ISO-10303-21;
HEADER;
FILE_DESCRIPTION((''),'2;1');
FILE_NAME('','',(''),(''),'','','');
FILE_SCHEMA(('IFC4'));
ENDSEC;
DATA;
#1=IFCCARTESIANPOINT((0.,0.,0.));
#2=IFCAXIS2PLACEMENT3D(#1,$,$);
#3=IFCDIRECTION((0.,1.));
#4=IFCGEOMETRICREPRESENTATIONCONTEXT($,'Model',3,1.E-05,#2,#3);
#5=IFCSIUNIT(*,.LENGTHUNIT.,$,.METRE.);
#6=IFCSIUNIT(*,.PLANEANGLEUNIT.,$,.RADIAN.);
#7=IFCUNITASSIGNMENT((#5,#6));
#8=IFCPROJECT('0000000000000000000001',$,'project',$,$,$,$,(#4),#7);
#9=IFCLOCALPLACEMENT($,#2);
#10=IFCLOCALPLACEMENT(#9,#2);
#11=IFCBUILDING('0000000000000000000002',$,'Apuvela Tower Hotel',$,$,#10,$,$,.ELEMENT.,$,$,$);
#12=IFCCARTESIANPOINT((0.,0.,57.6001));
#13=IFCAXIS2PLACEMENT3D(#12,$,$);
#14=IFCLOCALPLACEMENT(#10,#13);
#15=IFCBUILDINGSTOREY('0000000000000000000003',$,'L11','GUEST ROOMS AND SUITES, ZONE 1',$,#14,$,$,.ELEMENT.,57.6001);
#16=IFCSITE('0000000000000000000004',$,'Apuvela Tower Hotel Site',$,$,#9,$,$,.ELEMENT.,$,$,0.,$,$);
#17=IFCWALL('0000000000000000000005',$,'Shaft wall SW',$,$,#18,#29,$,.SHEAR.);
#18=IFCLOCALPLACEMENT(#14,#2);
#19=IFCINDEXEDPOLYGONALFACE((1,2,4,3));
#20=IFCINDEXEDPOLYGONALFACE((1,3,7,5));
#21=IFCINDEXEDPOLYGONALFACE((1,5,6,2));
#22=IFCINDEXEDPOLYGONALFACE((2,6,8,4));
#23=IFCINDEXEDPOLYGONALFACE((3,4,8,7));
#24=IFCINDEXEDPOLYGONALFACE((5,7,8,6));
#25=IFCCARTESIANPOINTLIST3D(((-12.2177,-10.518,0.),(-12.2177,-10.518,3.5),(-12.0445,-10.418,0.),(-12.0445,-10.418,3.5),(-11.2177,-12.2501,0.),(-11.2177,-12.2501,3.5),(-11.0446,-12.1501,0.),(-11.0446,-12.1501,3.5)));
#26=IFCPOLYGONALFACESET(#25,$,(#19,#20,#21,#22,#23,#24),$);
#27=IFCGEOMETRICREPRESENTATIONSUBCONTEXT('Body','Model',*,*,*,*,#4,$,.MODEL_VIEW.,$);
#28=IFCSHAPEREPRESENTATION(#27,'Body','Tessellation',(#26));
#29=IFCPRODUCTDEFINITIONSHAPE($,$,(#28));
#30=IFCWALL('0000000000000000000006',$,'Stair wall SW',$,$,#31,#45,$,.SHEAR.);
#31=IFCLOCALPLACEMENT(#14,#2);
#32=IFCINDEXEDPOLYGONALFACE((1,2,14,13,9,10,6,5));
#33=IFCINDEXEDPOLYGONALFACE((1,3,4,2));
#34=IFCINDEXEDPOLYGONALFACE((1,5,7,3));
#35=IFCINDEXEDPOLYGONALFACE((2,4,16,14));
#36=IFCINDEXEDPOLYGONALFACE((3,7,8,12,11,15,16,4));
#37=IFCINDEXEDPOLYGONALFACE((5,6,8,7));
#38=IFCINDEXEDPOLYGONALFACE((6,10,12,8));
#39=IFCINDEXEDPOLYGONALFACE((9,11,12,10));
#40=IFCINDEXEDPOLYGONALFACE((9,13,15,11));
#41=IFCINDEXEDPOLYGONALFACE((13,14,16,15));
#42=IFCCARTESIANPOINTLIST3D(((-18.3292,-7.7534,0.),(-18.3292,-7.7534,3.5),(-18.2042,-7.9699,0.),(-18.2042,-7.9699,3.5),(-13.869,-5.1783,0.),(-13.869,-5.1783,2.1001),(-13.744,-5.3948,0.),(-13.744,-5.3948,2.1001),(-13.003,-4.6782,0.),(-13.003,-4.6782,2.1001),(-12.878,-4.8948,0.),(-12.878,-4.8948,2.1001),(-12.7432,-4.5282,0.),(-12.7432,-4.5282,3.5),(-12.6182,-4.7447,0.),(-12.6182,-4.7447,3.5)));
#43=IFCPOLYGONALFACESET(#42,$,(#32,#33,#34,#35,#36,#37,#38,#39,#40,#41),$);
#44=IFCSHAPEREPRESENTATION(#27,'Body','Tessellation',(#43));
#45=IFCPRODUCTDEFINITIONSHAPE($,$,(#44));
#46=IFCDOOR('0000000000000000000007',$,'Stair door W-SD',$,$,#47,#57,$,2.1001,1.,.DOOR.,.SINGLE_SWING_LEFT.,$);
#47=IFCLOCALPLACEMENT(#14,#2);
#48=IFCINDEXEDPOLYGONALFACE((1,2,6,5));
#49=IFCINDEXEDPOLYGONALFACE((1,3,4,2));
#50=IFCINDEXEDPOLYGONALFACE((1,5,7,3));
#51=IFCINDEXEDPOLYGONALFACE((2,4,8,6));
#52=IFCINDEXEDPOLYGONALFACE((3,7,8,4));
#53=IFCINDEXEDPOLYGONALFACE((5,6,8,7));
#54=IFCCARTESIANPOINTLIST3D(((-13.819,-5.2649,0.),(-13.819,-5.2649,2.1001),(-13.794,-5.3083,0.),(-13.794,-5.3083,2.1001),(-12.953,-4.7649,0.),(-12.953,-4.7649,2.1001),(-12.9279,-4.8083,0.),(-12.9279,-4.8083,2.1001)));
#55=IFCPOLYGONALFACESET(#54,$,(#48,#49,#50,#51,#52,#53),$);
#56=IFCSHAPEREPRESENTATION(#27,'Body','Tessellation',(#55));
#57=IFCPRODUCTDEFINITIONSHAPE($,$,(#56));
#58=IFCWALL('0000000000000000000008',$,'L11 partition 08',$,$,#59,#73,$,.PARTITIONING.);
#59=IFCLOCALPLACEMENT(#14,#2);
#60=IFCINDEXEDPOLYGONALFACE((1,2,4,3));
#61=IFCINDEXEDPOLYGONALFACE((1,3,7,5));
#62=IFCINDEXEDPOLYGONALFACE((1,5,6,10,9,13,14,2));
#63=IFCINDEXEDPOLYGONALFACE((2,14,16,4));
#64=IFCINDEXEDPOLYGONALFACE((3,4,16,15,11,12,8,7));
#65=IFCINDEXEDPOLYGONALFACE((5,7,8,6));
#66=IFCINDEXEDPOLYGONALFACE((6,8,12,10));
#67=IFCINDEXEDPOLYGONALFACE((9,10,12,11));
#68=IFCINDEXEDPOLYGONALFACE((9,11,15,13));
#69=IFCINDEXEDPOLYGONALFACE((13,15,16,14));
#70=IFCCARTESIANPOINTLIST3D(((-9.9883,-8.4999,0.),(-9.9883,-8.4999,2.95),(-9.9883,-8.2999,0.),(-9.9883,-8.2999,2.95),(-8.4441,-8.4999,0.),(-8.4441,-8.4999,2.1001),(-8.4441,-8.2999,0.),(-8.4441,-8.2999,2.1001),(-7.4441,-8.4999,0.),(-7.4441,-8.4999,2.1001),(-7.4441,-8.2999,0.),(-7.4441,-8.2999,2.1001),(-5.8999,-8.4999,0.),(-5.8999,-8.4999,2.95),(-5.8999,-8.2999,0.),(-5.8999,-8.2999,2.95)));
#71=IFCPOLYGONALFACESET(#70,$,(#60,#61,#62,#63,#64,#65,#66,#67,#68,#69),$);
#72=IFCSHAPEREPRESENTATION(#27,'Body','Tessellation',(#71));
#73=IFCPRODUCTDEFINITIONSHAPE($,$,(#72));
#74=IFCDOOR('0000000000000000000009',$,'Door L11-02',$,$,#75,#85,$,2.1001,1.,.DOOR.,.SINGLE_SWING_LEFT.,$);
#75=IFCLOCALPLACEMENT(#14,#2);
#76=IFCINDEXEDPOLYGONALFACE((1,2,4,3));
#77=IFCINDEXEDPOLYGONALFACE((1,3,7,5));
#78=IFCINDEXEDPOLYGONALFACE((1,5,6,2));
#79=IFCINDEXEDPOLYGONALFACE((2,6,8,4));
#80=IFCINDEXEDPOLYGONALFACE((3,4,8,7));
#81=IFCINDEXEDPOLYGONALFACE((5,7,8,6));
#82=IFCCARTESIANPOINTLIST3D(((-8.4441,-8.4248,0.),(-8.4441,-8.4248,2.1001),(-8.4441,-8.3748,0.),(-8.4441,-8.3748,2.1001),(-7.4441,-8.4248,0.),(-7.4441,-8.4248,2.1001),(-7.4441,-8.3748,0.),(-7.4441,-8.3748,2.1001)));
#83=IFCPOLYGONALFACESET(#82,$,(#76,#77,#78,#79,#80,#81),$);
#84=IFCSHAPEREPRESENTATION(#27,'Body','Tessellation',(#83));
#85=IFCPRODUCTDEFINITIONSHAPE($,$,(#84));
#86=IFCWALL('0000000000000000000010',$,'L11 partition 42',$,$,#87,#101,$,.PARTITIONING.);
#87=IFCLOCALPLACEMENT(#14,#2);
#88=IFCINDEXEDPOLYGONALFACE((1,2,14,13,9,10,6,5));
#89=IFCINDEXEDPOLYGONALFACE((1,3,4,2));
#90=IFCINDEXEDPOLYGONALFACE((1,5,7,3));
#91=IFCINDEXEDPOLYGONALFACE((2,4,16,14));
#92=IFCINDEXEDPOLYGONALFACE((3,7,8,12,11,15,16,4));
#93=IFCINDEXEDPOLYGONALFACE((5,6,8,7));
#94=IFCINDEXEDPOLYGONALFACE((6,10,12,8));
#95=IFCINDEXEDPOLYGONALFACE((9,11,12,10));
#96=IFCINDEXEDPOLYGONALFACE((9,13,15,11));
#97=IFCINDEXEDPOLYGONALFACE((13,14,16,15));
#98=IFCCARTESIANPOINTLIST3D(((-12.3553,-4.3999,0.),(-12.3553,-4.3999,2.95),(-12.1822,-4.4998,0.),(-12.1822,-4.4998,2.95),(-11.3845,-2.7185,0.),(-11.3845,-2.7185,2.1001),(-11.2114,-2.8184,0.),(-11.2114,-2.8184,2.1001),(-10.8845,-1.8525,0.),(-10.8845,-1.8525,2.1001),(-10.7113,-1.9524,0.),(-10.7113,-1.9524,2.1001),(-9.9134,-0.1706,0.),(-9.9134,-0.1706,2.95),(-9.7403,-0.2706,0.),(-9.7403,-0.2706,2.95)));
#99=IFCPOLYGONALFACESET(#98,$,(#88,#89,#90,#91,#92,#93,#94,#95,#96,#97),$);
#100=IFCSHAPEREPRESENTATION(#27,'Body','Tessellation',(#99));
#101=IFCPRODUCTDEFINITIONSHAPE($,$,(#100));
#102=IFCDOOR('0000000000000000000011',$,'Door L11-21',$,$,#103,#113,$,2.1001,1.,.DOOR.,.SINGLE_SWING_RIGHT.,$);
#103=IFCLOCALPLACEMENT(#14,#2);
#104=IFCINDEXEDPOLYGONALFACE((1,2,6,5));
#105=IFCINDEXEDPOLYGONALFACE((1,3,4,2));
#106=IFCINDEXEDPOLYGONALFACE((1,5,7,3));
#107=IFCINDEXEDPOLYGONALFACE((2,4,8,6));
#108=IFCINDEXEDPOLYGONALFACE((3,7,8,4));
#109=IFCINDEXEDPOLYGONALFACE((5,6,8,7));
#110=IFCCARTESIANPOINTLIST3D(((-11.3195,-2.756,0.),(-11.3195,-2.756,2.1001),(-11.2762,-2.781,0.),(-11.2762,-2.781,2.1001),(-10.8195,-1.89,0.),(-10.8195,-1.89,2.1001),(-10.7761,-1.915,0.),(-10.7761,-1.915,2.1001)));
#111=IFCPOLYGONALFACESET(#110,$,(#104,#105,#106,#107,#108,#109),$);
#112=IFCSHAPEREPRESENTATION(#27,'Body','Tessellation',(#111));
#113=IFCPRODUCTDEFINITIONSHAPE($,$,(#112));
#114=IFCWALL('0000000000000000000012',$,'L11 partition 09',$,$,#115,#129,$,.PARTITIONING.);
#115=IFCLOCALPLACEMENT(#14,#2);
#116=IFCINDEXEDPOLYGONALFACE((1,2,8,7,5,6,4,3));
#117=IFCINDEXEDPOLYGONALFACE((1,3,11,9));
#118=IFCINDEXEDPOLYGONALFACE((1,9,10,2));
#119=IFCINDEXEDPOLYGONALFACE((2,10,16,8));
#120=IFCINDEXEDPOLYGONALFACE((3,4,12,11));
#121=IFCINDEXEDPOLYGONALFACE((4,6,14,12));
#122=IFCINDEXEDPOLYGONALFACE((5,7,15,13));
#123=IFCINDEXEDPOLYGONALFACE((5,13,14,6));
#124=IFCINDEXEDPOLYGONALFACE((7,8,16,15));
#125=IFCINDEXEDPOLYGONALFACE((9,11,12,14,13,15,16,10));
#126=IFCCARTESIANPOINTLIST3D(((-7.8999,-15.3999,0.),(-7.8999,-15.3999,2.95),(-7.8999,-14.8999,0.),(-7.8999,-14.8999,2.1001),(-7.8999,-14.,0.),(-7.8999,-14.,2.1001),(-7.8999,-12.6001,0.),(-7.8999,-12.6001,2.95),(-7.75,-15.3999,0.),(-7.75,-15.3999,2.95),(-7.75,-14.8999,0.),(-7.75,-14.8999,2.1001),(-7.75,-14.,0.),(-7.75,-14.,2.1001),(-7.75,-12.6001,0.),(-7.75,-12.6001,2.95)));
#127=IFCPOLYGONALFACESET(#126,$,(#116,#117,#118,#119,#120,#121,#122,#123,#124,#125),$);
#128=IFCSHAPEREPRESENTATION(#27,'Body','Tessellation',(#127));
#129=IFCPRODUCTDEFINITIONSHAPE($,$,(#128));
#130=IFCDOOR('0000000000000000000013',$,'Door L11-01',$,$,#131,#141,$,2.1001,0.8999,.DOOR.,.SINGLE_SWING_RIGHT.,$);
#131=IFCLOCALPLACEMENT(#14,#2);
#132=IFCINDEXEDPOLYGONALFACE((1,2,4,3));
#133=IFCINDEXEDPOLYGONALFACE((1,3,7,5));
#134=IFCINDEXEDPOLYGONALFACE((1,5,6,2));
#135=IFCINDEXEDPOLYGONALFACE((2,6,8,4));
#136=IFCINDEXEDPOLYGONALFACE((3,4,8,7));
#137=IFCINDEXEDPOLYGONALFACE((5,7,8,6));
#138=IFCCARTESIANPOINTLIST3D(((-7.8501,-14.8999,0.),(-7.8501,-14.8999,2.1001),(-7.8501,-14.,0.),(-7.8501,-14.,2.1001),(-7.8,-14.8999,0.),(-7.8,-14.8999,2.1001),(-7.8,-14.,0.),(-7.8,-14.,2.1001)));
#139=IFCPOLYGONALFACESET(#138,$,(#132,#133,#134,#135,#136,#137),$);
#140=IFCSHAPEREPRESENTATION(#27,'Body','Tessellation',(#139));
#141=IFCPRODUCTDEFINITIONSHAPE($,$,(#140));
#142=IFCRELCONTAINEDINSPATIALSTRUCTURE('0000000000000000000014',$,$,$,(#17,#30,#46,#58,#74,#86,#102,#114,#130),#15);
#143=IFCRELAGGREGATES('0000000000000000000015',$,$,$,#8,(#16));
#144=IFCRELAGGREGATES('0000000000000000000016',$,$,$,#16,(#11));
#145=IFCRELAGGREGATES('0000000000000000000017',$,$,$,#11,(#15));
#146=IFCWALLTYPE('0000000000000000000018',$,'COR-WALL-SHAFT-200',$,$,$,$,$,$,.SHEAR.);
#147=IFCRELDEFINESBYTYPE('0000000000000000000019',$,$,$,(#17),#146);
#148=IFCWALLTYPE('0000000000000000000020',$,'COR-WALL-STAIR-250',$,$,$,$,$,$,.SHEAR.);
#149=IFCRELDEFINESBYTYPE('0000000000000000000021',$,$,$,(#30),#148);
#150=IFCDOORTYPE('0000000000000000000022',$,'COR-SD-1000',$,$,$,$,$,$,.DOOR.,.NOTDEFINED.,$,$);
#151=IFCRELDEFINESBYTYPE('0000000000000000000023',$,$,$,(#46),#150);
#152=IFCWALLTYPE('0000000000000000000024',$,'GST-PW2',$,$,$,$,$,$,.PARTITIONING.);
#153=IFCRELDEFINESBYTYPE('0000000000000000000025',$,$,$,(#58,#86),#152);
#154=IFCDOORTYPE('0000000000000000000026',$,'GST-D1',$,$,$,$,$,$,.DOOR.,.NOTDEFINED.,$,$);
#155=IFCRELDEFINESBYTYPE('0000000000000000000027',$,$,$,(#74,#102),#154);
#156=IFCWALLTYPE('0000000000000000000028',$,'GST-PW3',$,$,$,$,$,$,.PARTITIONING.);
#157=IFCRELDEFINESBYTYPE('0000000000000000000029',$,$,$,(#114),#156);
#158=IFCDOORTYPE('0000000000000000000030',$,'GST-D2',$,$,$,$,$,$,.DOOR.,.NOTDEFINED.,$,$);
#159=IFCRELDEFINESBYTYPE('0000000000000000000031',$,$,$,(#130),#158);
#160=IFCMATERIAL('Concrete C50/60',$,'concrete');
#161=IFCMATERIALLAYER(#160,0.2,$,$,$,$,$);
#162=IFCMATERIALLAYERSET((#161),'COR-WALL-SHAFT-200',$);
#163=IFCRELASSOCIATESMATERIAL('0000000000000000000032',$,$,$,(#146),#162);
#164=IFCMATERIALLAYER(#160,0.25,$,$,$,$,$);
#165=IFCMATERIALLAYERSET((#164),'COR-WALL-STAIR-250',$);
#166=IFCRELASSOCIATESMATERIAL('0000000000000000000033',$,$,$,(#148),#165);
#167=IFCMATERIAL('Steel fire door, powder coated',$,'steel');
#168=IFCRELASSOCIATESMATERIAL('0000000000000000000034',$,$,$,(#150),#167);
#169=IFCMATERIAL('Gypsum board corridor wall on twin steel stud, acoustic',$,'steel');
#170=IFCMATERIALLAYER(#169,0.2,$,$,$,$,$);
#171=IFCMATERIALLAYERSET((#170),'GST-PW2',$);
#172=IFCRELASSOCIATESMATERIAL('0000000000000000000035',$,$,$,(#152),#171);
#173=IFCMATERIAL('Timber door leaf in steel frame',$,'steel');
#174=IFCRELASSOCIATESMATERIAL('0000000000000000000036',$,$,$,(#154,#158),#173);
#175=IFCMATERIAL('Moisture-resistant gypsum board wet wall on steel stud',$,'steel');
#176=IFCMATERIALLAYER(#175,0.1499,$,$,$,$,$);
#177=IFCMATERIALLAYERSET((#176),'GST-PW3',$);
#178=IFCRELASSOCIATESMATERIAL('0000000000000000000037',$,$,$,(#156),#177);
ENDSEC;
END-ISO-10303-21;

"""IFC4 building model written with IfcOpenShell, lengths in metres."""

from ifc_helpers import new_model, si_unit, direction, frame, frame_2d, origin, place, context, subcontext, project, spatial, rectangle, extrude, material, layer, layer_set, type_object, element, fill, save


model = new_model("IFC4")

# Units and contexts
model_context = context("Model", 3, precision=1e-05, world=origin(), true_north=direction((0.0, 1.0)))
body_context = subcontext(model_context, "Body", "Model", "MODEL_VIEW")
ifc_project = project(units=[si_unit("LENGTHUNIT", "METRE"), si_unit("PLANEANGLEUNIT", "RADIAN")], contexts=[model_context])

# Site, building, storey
site_placement = place(None, origin())
site = spatial("IfcSite", under=ifc_project, at=site_placement, Name="Apuvela Tower Hotel Site", CompositionType="ELEMENT", RefElevation=0.0)
building_placement = place(site_placement, origin())
building = spatial("IfcBuilding", under=site, at=building_placement, Name="Apuvela Tower Hotel", CompositionType="ELEMENT")
storey_placement = place(building_placement, frame((0.0, 0.0, 57.6001)))
storey = spatial("IfcBuildingStorey", under=building, at=storey_placement, Name="L11", Description="GUEST ROOMS AND SUITES, ZONE 1", CompositionType="ELEMENT", Elevation=57.6001)

# Shared definitions
ifc_material_1 = material(Name="Concrete C50/60", Category="concrete")

# Shared definitions
ifc_layer_1 = layer(ifc_material_1, 0.2)
ifc_layer_set_1 = layer_set([ifc_layer_1], Name="COR-WALL-SHAFT-200")
wall_type_1 = type_object("IfcWallType", Name="COR-WALL-SHAFT-200", PredefinedType="SHEAR", material=ifc_layer_set_1)

# Shared definitions
ifc_material_2 = material(Name="Steel fire door, powder coated", Category="steel")

# Wall
wall_1_placement = place(storey_placement, frame((-12.1311, -10.468, 0.0), z_axis=(0.0, 0.0, 1.0), x_axis=(0.499973, -0.866041, 0.0)))
element("IfcWall", 1, at=wall_1_placement, inside=storey, type_object=wall_type_1, Name="Shaft wall SW", PredefinedType="SHEAR", context=body_context, shape_type="SweptSolid", body=[
    extrude(rectangle(XDim=2.0, YDim=0.2, at=frame_2d((1.0, 0.0))), origin(), (0.0, 0.0, 1.0), 3.5),
])

# Walls, openings, doors
ifc_layer_2 = layer(ifc_material_1, 0.25)
ifc_layer_set_2 = layer_set([ifc_layer_2], Name="COR-WALL-STAIR-250")
wall_type_2 = type_object("IfcWallType", Name="COR-WALL-STAIR-250", PredefinedType="SHEAR", material=ifc_layer_set_2)
wall_2_placement = place(storey_placement, frame((-12.6807, -4.6365, 0.0), z_axis=(0.0, 0.0, 1.0), x_axis=(-0.866022, -0.500006, 0.0)))
wall_2 = element("IfcWall", 2, at=wall_2_placement, inside=storey, type_object=wall_type_2, Name="Stair wall SW", PredefinedType="SHEAR", context=body_context, shape_type="SweptSolid", body=[
    extrude(rectangle(XDim=6.4502, YDim=0.25, at=frame_2d((3.2251, 0.0))), origin(), (0.0, 0.0, 1.0), 3.5),
])
opening_1_placement = place(wall_2_placement, frame((0.3, 0.0, 0.0)))
opening_1 = element("IfcOpeningElement", 3, at=opening_1_placement, cuts=wall_2, PredefinedType="OPENING", context=body_context, shape_type="SweptSolid", body=[
    extrude(rectangle(XDim=1.0, YDim=2.1001, at=frame_2d((0.5, 1.05))), frame((0.0, 0.135, 0.0), z_axis=(0.0, -1.0, 0.0), x_axis=(1.0, 0.0, 0.0)), (0.0, 0.0, 1.0), 0.27),
])
door_type_1 = type_object("IfcDoorType", Name="COR-SD-1000", OperationType="NOTDEFINED", PredefinedType="DOOR", material=ifc_material_2)
door_1_placement = place(opening_1_placement, frame((1.0, 0.0, 0.0), z_axis=(0.0, 0.0, 1.0), x_axis=(-1.0, 0.0, 0.0)))
door_1 = element("IfcDoor", 4, at=door_1_placement, inside=storey, type_object=door_type_1, Name="Stair door W-SD", OperationType="SINGLE_SWING_LEFT", OverallHeight=2.1001, OverallWidth=1.0, PredefinedType="DOOR", context=body_context, shape_type="SweptSolid", body=[
    extrude(rectangle(XDim=1.0, YDim=2.1001, at=frame_2d((0.5, 1.05))), frame((0.0, 0.0249, 0.0), z_axis=(0.0, -1.0, 0.0), x_axis=(1.0, 0.0, 0.0)), (0.0, 0.0, 1.0), 0.05),
])
fill(opening_1, door_1)
ifc_material_3 = material(Name="Gypsum board corridor wall on twin steel stud, acoustic", Category="steel")
ifc_layer_3 = layer(ifc_material_3, 0.2)
ifc_layer_set_3 = layer_set([ifc_layer_3], Name="GST-PW2")
wall_type_3 = type_object("IfcWallType", Name="GST-PW2", PredefinedType="PARTITIONING", material=ifc_layer_set_3)
wall_3_placement = place(storey_placement, frame((-5.8999, -8.3999, 0.0), z_axis=(0.0, 0.0, 1.0), x_axis=(-1.0, 0.0, 0.0)))
wall_3 = element("IfcWall", 5, at=wall_3_placement, inside=storey, type_object=wall_type_3, Name="L11 partition 08", PredefinedType="PARTITIONING", context=body_context, shape_type="SweptSolid", body=[
    extrude(rectangle(XDim=4.0884, YDim=0.2, at=frame_2d((2.0442, 0.0))), origin(), (0.0, 0.0, 1.0), 2.95),
])
opening_2_placement = place(wall_3_placement, frame((1.5442, 0.0, 0.0)))
opening_2 = element("IfcOpeningElement", 6, at=opening_2_placement, cuts=wall_3, PredefinedType="OPENING", context=body_context, shape_type="SweptSolid", body=[
    extrude(rectangle(XDim=1.0, YDim=2.1001, at=frame_2d((0.5, 1.05))), frame((0.0, 0.1099, 0.0), z_axis=(0.0, -1.0, 0.0), x_axis=(1.0, 0.0, 0.0)), (0.0, 0.0, 1.0), 0.22),
])
ifc_material_4 = material(Name="Timber door leaf in steel frame", Category="steel")
door_type_2 = type_object("IfcDoorType", Name="GST-D1", OperationType="NOTDEFINED", PredefinedType="DOOR", material=ifc_material_4)
door_2_placement = place(opening_2_placement, origin())
door_2 = element("IfcDoor", 7, at=door_2_placement, inside=storey, type_object=door_type_2, Name="Door L11-02", OperationType="SINGLE_SWING_LEFT", OverallHeight=2.1001, OverallWidth=1.0, PredefinedType="DOOR", context=body_context, shape_type="SweptSolid", body=[
    extrude(rectangle(XDim=1.0, YDim=2.1001, at=frame_2d((0.5, 1.05))), frame((0.0, 0.0249, 0.0), z_axis=(0.0, -1.0, 0.0), x_axis=(1.0, 0.0, 0.0)), (0.0, 0.0, 1.0), 0.05),
])
fill(opening_2, door_2)
wall_4_placement = place(storey_placement, frame((-12.2688, -4.45, 0.0), z_axis=(0.0, 0.0, 1.0), x_axis=(0.500021, 0.866013, 0.0)))
wall_4 = element("IfcWall", 8, at=wall_4_placement, inside=storey, type_object=wall_type_3, Name="L11 partition 42", PredefinedType="PARTITIONING", context=body_context, shape_type="SweptSolid", body=[
    extrude(rectangle(XDim=4.8835, YDim=0.2, at=frame_2d((2.4419, 0.0))), origin(), (0.0, 0.0, 1.0), 2.95),
])
opening_3_placement = place(wall_4_placement, frame((1.9417, 0.0, 0.0)))
opening_3 = element("IfcOpeningElement", 9, at=opening_3_placement, cuts=wall_4, PredefinedType="OPENING", context=body_context, shape_type="SweptSolid", body=[
    extrude(rectangle(XDim=1.0, YDim=2.1001, at=frame_2d((0.5, 1.05))), frame((0.0, 0.1099, 0.0), z_axis=(0.0, -1.0, 0.0), x_axis=(1.0, 0.0, 0.0)), (0.0, 0.0, 1.0), 0.22),
])
door_3_placement = place(opening_3_placement, origin())
door_3 = element("IfcDoor", 10, at=door_3_placement, inside=storey, type_object=door_type_2, Name="Door L11-21", OperationType="SINGLE_SWING_RIGHT", OverallHeight=2.1001, OverallWidth=1.0, PredefinedType="DOOR", context=body_context, shape_type="SweptSolid", body=[
    extrude(rectangle(XDim=1.0, YDim=2.1001, at=frame_2d((0.5, 1.05))), frame((0.0, 0.0249, 0.0), z_axis=(0.0, -1.0, 0.0), x_axis=(1.0, 0.0, 0.0)), (0.0, 0.0, 1.0), 0.05),
])
fill(opening_3, door_3)
ifc_material_5 = material(Name="Moisture-resistant gypsum board wet wall on steel stud", Category="steel")
ifc_layer_4 = layer(ifc_material_5, 0.1499)
ifc_layer_set_4 = layer_set([ifc_layer_4], Name="GST-PW3")
wall_type_4 = type_object("IfcWallType", Name="GST-PW3", PredefinedType="PARTITIONING", material=ifc_layer_set_4)
wall_5_placement = place(storey_placement, frame((-7.825, -12.6001, 0.0), z_axis=(0.0, 0.0, 1.0), x_axis=(0.0, -1.0, 0.0)))
wall_5 = element("IfcWall", 11, at=wall_5_placement, inside=storey, type_object=wall_type_4, Name="L11 partition 09", PredefinedType="PARTITIONING", context=body_context, shape_type="SweptSolid", body=[
    extrude(rectangle(XDim=2.7998, YDim=0.1499, at=frame_2d((1.3999, 0.0))), origin(), (0.0, 0.0, 1.0), 2.95),
])
opening_4_placement = place(wall_5_placement, frame((1.3999, 0.0, 0.0)))
opening_4 = element("IfcOpeningElement", 12, at=opening_4_placement, cuts=wall_5, PredefinedType="OPENING", context=body_context, shape_type="SweptSolid", body=[
    extrude(rectangle(XDim=0.8999, YDim=2.1001, at=frame_2d((0.45, 1.05))), frame((0.0, 0.085, 0.0), z_axis=(0.0, -1.0, 0.0), x_axis=(1.0, 0.0, 0.0)), (0.0, 0.0, 1.0), 0.1699),
])
door_type_3 = type_object("IfcDoorType", Name="GST-D2", OperationType="NOTDEFINED", PredefinedType="DOOR", material=ifc_material_4)
door_4_placement = place(opening_4_placement, origin())
door_4 = element("IfcDoor", 13, at=door_4_placement, inside=storey, type_object=door_type_3, Name="Door L11-01", OperationType="SINGLE_SWING_RIGHT", OverallHeight=2.1001, OverallWidth=0.8999, PredefinedType="DOOR", context=body_context, shape_type="SweptSolid", body=[
    extrude(rectangle(XDim=0.8999, YDim=2.1001, at=frame_2d((0.45, 1.05))), frame((0.0, 0.0249, 0.0), z_axis=(0.0, -1.0, 0.0), x_axis=(1.0, 0.0, 0.0)), (0.0, 0.0, 1.0), 0.05),
])
fill(opening_4, door_4)

save(model, "model.ifc")
